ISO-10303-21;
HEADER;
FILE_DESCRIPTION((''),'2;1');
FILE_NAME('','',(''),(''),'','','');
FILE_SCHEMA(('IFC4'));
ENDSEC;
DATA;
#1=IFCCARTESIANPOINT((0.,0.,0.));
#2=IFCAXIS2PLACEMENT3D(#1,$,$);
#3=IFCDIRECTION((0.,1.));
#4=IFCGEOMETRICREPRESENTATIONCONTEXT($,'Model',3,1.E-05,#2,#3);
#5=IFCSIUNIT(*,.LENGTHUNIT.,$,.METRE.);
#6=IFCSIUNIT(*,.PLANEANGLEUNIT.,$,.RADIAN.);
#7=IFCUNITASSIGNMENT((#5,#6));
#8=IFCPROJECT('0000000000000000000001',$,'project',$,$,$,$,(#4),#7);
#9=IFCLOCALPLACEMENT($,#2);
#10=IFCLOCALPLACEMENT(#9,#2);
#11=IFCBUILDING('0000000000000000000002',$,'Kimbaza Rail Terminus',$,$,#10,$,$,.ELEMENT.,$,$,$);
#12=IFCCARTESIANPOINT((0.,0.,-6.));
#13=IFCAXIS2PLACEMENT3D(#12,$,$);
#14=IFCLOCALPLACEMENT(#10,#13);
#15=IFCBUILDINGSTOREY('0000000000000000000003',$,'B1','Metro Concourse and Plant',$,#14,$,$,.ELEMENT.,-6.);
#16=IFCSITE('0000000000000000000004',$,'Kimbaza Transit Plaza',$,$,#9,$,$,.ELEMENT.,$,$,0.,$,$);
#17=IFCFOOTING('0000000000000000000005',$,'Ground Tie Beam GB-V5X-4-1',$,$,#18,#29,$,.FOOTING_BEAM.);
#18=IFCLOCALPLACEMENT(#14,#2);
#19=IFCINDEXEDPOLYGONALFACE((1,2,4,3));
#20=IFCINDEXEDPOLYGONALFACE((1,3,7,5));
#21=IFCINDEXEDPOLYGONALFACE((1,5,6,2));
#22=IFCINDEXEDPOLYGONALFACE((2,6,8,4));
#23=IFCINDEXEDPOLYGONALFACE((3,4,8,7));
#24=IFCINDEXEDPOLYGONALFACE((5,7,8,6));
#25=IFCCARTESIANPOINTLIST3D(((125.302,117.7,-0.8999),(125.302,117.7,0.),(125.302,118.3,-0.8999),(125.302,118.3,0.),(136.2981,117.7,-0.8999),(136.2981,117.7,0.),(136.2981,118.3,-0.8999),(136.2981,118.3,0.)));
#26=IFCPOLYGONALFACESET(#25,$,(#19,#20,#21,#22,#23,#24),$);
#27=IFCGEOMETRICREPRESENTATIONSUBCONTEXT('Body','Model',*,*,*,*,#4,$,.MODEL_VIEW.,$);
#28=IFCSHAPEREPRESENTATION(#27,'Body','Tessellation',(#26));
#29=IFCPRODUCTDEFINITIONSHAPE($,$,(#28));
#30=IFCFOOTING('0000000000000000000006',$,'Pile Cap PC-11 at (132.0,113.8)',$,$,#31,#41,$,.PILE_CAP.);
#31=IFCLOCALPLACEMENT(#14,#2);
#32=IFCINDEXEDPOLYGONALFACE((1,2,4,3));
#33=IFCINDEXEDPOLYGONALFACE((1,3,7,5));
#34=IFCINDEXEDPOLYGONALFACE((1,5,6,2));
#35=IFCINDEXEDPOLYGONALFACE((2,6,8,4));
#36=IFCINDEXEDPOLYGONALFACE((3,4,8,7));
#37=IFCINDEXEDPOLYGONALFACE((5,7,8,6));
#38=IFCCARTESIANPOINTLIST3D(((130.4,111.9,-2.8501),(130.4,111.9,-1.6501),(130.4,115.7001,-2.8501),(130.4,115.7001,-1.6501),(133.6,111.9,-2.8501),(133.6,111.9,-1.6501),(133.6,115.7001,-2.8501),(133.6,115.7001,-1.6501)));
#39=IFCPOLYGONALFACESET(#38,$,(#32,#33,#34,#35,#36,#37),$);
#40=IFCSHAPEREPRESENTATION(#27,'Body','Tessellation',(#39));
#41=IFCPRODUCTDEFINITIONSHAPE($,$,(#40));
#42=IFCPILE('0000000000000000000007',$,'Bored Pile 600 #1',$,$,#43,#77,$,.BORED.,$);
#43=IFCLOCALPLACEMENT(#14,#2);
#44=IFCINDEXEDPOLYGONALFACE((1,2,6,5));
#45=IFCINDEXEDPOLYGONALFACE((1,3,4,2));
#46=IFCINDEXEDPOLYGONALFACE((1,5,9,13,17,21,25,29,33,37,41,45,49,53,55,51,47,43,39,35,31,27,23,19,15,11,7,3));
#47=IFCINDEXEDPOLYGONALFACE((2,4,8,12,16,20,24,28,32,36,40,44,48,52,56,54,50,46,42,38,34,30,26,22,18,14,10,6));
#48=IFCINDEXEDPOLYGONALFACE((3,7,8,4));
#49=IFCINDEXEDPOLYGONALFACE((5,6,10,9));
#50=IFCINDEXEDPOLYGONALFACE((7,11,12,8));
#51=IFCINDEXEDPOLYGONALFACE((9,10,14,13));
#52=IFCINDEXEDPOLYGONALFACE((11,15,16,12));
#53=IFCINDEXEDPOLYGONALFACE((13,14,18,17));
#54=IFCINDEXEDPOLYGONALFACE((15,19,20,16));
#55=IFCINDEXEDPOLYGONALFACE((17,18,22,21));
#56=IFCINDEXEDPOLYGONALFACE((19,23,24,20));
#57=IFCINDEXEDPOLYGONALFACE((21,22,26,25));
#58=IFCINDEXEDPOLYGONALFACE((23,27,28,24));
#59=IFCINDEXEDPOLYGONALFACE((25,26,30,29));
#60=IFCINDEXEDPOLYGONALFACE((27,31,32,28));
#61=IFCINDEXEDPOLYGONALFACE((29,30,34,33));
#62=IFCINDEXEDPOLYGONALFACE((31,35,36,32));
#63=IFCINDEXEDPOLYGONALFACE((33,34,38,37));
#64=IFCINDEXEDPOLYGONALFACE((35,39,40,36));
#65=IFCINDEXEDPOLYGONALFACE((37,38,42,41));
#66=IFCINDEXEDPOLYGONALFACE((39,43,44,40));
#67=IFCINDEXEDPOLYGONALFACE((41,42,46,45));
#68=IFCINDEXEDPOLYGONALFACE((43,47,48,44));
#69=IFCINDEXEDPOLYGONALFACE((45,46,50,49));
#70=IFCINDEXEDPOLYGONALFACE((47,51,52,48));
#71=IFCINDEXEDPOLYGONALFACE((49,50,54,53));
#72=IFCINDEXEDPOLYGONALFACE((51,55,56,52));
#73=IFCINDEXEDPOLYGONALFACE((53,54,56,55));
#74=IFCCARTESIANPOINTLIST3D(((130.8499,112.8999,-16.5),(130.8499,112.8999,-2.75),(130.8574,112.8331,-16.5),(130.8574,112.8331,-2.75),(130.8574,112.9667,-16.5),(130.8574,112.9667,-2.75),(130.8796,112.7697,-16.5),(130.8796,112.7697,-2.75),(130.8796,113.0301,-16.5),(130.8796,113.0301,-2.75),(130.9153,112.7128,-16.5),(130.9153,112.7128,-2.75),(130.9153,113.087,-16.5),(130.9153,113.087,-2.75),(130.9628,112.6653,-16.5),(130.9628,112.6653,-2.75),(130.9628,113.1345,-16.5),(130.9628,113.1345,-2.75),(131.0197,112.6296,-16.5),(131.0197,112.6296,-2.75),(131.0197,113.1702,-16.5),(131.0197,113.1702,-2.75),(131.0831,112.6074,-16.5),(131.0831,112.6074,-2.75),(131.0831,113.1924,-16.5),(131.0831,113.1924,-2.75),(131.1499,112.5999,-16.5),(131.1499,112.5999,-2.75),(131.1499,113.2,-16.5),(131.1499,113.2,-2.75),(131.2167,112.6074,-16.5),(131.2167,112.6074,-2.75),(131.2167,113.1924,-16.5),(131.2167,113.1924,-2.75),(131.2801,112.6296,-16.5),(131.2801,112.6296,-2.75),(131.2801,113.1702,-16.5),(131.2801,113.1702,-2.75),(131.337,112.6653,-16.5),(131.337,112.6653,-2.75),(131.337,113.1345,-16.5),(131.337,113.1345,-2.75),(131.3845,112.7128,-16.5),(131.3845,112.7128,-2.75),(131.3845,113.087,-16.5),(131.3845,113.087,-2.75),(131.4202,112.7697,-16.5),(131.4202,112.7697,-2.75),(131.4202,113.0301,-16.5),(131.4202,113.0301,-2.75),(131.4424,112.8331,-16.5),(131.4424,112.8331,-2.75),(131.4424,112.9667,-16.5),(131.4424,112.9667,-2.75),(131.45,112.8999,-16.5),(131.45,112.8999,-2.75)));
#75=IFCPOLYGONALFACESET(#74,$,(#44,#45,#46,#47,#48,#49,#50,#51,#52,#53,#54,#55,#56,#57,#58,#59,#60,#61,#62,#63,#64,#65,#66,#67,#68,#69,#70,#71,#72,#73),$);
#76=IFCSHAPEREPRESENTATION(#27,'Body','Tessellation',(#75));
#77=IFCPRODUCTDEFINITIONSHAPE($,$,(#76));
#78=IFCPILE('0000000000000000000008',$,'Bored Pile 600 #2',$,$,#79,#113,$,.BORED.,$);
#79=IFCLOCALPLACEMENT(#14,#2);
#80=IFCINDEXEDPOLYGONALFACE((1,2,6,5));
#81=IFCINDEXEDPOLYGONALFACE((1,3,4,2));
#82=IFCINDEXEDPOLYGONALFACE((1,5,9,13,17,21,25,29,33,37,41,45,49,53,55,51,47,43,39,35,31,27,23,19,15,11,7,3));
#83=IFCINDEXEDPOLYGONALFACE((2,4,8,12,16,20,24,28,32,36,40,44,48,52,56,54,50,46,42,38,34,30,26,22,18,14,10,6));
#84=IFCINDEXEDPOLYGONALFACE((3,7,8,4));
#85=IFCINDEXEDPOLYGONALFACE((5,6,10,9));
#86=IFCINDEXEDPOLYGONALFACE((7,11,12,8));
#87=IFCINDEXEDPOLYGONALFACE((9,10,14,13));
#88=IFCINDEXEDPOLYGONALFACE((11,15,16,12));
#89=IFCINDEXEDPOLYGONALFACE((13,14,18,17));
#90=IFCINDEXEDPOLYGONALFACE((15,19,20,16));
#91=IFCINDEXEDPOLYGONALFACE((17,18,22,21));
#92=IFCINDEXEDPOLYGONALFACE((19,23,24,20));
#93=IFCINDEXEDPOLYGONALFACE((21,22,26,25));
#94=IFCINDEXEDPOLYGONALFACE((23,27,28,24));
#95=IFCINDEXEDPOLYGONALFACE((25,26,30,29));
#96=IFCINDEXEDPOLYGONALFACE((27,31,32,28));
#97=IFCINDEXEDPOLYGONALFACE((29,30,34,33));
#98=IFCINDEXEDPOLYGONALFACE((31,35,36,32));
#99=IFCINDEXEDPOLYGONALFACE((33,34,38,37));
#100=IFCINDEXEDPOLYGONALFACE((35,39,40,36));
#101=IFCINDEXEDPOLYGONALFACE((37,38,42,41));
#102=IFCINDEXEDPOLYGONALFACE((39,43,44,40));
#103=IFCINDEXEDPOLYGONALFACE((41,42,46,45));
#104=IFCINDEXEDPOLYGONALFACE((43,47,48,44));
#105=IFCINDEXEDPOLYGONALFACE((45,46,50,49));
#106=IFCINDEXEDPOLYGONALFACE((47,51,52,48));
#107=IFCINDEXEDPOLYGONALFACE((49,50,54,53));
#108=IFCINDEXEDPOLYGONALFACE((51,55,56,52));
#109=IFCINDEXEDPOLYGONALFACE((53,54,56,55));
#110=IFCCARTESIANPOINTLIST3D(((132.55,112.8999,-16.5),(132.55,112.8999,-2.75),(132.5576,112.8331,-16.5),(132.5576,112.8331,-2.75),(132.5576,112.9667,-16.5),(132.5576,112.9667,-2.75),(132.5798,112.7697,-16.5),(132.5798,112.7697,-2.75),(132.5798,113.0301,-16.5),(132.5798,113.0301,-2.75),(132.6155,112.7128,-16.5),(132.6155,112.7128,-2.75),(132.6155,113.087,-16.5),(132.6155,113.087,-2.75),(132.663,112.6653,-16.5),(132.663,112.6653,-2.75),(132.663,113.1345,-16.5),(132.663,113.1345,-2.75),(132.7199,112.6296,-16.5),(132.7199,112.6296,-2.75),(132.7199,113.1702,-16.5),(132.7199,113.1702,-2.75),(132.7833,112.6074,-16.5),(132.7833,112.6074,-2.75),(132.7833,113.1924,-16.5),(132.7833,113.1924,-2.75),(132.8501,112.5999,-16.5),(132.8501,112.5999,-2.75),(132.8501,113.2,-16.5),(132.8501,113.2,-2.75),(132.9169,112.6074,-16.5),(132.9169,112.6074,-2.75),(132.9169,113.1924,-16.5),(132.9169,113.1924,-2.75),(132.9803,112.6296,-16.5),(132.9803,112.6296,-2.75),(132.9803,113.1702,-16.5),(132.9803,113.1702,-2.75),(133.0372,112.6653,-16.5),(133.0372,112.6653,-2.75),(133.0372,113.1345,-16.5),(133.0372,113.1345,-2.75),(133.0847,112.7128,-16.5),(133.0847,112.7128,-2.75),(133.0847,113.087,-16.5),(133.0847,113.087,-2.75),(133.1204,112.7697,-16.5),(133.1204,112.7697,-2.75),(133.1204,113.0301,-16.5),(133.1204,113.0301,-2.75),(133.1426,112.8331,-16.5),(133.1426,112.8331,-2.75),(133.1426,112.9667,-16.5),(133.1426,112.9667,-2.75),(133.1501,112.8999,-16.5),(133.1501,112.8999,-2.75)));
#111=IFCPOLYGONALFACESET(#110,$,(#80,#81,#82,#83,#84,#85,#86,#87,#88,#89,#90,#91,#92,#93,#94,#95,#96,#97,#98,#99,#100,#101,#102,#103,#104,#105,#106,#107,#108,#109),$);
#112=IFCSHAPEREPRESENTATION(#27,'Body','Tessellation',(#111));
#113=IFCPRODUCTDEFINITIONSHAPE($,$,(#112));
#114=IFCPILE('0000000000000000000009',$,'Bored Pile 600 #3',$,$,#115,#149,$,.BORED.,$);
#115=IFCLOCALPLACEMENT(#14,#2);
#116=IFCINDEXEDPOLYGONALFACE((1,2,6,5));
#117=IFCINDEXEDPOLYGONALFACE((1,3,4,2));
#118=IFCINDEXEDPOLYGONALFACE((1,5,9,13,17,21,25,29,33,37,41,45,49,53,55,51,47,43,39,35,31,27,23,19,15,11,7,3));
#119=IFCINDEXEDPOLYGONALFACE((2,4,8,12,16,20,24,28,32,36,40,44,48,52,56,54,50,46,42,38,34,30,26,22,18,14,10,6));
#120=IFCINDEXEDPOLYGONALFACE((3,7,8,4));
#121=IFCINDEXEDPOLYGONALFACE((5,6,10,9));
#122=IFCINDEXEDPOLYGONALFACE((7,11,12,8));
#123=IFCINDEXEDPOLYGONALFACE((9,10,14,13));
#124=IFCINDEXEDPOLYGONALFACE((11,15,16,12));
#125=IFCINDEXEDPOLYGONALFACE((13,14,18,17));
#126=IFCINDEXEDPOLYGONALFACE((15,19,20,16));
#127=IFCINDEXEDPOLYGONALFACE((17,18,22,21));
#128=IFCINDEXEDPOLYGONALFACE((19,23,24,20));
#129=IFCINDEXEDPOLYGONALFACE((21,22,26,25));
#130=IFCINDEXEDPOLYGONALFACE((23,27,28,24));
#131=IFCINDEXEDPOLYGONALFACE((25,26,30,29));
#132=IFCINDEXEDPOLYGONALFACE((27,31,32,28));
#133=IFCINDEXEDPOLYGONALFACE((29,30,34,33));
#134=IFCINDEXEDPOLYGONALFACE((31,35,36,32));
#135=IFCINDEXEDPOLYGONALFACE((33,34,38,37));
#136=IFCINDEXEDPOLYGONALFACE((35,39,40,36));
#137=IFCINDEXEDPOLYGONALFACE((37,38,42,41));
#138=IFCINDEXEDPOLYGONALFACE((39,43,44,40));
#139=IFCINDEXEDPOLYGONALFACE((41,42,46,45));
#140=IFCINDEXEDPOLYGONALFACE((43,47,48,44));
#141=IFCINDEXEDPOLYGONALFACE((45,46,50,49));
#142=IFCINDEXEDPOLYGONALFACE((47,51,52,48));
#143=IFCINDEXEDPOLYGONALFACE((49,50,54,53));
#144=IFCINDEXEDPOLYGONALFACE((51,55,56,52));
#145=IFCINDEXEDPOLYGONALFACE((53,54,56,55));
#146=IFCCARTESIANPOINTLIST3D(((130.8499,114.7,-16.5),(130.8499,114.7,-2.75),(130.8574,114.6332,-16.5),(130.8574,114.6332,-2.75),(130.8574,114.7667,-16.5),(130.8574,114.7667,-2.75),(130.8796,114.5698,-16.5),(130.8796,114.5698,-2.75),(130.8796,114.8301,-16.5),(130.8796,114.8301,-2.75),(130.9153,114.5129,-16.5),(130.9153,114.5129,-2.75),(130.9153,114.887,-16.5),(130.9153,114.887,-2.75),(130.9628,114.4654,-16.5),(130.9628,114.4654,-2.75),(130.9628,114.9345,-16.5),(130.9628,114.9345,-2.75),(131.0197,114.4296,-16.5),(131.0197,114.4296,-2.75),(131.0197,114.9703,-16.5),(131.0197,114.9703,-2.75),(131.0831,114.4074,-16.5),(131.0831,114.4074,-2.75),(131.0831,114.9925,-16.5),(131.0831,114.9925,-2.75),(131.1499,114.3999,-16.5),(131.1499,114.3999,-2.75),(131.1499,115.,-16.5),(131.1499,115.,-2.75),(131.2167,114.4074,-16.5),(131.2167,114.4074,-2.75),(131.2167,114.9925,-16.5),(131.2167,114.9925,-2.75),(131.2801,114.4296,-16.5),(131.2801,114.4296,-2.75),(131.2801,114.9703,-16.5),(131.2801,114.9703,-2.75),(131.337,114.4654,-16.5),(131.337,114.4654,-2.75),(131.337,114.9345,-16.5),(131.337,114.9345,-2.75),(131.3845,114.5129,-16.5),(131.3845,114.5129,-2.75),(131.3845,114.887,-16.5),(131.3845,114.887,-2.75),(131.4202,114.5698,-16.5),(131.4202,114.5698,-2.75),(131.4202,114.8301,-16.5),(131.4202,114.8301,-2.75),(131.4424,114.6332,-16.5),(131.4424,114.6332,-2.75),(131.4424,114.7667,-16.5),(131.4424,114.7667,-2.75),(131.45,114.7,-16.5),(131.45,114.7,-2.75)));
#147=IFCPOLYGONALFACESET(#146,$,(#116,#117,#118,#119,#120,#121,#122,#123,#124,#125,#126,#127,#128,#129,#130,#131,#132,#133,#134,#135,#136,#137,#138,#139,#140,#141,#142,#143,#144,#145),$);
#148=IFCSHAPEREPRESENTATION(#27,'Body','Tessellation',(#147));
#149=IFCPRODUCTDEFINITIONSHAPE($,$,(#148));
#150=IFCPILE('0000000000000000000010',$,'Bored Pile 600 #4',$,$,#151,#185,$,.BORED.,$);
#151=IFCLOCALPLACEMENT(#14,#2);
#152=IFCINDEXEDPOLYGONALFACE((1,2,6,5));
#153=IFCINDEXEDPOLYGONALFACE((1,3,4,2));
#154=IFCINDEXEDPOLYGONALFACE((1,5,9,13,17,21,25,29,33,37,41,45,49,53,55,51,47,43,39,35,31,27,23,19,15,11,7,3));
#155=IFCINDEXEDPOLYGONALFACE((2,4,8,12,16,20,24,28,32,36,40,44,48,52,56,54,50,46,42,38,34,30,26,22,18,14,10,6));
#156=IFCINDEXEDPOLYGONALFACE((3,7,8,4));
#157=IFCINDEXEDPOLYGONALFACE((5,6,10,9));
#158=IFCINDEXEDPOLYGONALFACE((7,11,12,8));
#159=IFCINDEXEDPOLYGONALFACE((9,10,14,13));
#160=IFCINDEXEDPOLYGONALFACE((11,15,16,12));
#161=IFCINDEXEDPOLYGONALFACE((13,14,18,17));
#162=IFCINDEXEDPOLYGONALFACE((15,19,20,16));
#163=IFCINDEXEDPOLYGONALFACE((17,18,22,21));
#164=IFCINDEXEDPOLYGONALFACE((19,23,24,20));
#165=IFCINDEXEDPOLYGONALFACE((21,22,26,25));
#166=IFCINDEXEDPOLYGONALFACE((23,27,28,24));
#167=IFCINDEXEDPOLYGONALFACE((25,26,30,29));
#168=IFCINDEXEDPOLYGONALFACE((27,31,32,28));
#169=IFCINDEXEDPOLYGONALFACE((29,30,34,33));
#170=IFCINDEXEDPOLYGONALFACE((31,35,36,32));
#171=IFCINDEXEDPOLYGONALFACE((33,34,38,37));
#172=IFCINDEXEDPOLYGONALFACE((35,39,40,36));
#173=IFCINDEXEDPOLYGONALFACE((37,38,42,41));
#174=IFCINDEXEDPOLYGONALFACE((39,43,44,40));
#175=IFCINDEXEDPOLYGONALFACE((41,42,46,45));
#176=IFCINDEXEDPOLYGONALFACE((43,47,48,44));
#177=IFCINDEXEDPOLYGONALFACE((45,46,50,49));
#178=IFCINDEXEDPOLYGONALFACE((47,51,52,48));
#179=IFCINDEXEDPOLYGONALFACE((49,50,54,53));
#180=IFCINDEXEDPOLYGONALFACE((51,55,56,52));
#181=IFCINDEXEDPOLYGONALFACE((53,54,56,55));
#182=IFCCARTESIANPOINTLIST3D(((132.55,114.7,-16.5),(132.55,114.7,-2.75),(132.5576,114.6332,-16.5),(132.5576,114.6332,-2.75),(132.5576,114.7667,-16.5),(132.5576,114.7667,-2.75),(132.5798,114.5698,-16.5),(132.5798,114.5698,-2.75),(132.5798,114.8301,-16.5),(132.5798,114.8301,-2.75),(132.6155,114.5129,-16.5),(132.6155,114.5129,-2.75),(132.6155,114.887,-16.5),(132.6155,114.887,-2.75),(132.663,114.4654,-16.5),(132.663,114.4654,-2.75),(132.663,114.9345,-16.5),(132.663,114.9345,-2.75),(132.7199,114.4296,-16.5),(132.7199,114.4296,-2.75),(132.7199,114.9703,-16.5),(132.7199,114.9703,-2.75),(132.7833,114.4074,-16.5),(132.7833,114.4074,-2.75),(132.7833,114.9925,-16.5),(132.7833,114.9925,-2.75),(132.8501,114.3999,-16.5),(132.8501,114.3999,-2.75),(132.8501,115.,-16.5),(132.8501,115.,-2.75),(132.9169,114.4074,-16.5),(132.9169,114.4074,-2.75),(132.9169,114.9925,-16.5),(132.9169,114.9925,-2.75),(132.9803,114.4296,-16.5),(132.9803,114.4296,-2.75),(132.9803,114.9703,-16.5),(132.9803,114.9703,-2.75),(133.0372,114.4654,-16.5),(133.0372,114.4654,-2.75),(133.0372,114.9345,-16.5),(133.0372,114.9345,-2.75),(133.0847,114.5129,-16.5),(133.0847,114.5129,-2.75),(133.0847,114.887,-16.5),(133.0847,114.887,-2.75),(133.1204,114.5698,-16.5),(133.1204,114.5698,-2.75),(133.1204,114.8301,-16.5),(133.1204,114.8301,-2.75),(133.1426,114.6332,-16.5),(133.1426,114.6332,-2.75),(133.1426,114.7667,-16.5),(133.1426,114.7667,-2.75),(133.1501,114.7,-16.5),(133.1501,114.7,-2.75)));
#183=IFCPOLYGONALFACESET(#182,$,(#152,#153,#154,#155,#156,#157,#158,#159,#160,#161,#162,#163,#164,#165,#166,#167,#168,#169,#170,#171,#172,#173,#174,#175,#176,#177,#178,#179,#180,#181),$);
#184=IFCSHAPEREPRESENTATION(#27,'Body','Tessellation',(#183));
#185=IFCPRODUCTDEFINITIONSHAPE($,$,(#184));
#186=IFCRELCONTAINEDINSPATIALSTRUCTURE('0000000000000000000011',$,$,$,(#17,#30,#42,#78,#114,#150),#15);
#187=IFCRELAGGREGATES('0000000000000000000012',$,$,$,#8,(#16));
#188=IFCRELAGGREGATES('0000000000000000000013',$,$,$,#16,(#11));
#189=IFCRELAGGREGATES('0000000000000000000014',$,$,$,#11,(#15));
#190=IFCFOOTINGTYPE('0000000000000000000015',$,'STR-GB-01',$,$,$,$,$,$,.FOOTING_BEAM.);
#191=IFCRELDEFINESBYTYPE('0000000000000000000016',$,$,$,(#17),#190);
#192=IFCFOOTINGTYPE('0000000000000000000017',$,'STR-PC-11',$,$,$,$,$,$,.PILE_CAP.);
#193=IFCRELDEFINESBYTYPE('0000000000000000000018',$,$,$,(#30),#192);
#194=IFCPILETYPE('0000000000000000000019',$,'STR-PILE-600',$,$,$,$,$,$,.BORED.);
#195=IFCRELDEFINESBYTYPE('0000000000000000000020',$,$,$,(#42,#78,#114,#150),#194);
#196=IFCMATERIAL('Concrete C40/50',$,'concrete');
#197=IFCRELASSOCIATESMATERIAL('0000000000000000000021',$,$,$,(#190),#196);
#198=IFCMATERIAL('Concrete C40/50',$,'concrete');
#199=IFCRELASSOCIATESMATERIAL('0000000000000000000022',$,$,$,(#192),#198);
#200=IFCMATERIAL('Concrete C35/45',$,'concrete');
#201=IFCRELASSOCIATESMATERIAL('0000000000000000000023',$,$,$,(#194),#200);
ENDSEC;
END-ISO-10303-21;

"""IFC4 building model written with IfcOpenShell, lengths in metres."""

from ifc_helpers import new_model, si_unit, direction, frame, origin, origin_2d, place, context, subcontext, project, spatial, rectangle, circle, extrude, material, material_profile, profile_set, type_object, element, save


model = new_model("IFC4")

# Units and contexts
model_context = context("Model", 3, precision=1e-05, world=origin(), true_north=direction((0.0, 1.0)))
body_context = subcontext(model_context, "Body", "Model", "MODEL_VIEW")
ifc_project = project(units=[si_unit("LENGTHUNIT", "METRE"), si_unit("PLANEANGLEUNIT", "RADIAN")], contexts=[model_context])

# Site, building, storey
site_placement = place(None, origin())
site = spatial("IfcSite", under=ifc_project, at=site_placement, Name="Kimbaza Transit Plaza", CompositionType="ELEMENT", RefElevation=0.0)
building_placement = place(site_placement, origin())
building = spatial("IfcBuilding", under=site, at=building_placement, Name="Kimbaza Rail Terminus", CompositionType="ELEMENT")
storey_placement = place(building_placement, frame((0.0, 0.0, -6.0)))
storey = spatial("IfcBuildingStorey", under=building, at=storey_placement, Name="B1", Description="Metro Concourse and Plant", CompositionType="ELEMENT", Elevation=-6.0)

# Footings
ifc_material_1 = material(Name="Concrete C40/50", Category="concrete")
ifc_material_profile_1 = material_profile(ifc_material_1, rectangle(XDim=0.6001, YDim=0.8999, at=origin_2d()), Name="GB-01 600x900")
ifc_profile_set_1 = profile_set([ifc_material_profile_1], Name="Concrete C40/50")
footing_type_1 = type_object("IfcFootingType", Name="STR-GB-01", PredefinedType="FOOTING_BEAM", material=ifc_profile_set_1)
footing_1_placement = place(storey_placement, frame((125.302, 118.0, -0.45), z_axis=(1.0, 0.0, 0.0), x_axis=(0.0, 1.0, 0.0)))
element("IfcFooting", 1, at=footing_1_placement, inside=storey, type_object=footing_type_1, Name="Ground Tie Beam GB-V5X-4-1", PredefinedType="FOOTING_BEAM", context=body_context, shape_type="SweptSolid", body=[
    extrude(rectangle(XDim=0.6001, YDim=0.8999, at=origin_2d()), origin(), (0.0, 0.0, 1.0), 10.9961),
])
ifc_material_2 = material(Name="Concrete C40/50", Category="concrete")
footing_type_2 = type_object("IfcFootingType", Name="STR-PC-11", PredefinedType="PILE_CAP", material=ifc_material_2)
footing_2_placement = place(storey_placement, frame((132.0, 113.8, -2.8501), z_axis=(0.0, 0.0, 1.0), x_axis=(1.0, 0.0, 0.0)))
element("IfcFooting", 2, at=footing_2_placement, inside=storey, type_object=footing_type_2, Name="Pile Cap PC-11 at (132.0,113.8)", PredefinedType="PILE_CAP", context=body_context, shape_type="SweptSolid", body=[
    extrude(rectangle(XDim=3.2, YDim=3.8, at=origin_2d()), origin(), (0.0, 0.0, 1.0), 1.2),
])

# Piles
ifc_material_3 = material(Name="Concrete C35/45", Category="concrete")
ifc_material_profile_2 = material_profile(ifc_material_3, circle(Radius=0.3, at=origin_2d()), Name="BORED PILE 600")
ifc_profile_set_2 = profile_set([ifc_material_profile_2], Name="Concrete C35/45")
pile_type_1 = type_object("IfcPileType", Name="STR-PILE-600", PredefinedType="BORED", material=ifc_profile_set_2)
for number, where, z_axis, x_axis, name in (
    (3, (131.1499, 112.8999, -2.75), (0.0, 0.0, -1.0), (1.0, 0.0, 0.0), "Bored Pile 600 #1"),
    (4, (132.8501, 112.8999, -2.75), (0.0, 0.0, -1.0), (1.0, 0.0, 0.0), "Bored Pile 600 #2"),
    (5, (131.1499, 114.7, -2.75), (0.0, 0.0, -1.0), (1.0, 0.0, 0.0), "Bored Pile 600 #3"),
    (6, (132.8501, 114.7, -2.75), (0.0, 0.0, -1.0), (1.0, 0.0, 0.0), "Bored Pile 600 #4"),
):
    element("IfcPile", number, at=place(storey_placement, frame(where, z_axis=z_axis, x_axis=x_axis)), inside=storey, type_object=pile_type_1, Name=name, PredefinedType="BORED", context=body_context, shape_type="SweptSolid", body=[
        extrude(circle(Radius=0.3, at=origin_2d()), origin(), (0.0, 0.0, 1.0), 13.75),
    ])

save(model, "model.ifc")
